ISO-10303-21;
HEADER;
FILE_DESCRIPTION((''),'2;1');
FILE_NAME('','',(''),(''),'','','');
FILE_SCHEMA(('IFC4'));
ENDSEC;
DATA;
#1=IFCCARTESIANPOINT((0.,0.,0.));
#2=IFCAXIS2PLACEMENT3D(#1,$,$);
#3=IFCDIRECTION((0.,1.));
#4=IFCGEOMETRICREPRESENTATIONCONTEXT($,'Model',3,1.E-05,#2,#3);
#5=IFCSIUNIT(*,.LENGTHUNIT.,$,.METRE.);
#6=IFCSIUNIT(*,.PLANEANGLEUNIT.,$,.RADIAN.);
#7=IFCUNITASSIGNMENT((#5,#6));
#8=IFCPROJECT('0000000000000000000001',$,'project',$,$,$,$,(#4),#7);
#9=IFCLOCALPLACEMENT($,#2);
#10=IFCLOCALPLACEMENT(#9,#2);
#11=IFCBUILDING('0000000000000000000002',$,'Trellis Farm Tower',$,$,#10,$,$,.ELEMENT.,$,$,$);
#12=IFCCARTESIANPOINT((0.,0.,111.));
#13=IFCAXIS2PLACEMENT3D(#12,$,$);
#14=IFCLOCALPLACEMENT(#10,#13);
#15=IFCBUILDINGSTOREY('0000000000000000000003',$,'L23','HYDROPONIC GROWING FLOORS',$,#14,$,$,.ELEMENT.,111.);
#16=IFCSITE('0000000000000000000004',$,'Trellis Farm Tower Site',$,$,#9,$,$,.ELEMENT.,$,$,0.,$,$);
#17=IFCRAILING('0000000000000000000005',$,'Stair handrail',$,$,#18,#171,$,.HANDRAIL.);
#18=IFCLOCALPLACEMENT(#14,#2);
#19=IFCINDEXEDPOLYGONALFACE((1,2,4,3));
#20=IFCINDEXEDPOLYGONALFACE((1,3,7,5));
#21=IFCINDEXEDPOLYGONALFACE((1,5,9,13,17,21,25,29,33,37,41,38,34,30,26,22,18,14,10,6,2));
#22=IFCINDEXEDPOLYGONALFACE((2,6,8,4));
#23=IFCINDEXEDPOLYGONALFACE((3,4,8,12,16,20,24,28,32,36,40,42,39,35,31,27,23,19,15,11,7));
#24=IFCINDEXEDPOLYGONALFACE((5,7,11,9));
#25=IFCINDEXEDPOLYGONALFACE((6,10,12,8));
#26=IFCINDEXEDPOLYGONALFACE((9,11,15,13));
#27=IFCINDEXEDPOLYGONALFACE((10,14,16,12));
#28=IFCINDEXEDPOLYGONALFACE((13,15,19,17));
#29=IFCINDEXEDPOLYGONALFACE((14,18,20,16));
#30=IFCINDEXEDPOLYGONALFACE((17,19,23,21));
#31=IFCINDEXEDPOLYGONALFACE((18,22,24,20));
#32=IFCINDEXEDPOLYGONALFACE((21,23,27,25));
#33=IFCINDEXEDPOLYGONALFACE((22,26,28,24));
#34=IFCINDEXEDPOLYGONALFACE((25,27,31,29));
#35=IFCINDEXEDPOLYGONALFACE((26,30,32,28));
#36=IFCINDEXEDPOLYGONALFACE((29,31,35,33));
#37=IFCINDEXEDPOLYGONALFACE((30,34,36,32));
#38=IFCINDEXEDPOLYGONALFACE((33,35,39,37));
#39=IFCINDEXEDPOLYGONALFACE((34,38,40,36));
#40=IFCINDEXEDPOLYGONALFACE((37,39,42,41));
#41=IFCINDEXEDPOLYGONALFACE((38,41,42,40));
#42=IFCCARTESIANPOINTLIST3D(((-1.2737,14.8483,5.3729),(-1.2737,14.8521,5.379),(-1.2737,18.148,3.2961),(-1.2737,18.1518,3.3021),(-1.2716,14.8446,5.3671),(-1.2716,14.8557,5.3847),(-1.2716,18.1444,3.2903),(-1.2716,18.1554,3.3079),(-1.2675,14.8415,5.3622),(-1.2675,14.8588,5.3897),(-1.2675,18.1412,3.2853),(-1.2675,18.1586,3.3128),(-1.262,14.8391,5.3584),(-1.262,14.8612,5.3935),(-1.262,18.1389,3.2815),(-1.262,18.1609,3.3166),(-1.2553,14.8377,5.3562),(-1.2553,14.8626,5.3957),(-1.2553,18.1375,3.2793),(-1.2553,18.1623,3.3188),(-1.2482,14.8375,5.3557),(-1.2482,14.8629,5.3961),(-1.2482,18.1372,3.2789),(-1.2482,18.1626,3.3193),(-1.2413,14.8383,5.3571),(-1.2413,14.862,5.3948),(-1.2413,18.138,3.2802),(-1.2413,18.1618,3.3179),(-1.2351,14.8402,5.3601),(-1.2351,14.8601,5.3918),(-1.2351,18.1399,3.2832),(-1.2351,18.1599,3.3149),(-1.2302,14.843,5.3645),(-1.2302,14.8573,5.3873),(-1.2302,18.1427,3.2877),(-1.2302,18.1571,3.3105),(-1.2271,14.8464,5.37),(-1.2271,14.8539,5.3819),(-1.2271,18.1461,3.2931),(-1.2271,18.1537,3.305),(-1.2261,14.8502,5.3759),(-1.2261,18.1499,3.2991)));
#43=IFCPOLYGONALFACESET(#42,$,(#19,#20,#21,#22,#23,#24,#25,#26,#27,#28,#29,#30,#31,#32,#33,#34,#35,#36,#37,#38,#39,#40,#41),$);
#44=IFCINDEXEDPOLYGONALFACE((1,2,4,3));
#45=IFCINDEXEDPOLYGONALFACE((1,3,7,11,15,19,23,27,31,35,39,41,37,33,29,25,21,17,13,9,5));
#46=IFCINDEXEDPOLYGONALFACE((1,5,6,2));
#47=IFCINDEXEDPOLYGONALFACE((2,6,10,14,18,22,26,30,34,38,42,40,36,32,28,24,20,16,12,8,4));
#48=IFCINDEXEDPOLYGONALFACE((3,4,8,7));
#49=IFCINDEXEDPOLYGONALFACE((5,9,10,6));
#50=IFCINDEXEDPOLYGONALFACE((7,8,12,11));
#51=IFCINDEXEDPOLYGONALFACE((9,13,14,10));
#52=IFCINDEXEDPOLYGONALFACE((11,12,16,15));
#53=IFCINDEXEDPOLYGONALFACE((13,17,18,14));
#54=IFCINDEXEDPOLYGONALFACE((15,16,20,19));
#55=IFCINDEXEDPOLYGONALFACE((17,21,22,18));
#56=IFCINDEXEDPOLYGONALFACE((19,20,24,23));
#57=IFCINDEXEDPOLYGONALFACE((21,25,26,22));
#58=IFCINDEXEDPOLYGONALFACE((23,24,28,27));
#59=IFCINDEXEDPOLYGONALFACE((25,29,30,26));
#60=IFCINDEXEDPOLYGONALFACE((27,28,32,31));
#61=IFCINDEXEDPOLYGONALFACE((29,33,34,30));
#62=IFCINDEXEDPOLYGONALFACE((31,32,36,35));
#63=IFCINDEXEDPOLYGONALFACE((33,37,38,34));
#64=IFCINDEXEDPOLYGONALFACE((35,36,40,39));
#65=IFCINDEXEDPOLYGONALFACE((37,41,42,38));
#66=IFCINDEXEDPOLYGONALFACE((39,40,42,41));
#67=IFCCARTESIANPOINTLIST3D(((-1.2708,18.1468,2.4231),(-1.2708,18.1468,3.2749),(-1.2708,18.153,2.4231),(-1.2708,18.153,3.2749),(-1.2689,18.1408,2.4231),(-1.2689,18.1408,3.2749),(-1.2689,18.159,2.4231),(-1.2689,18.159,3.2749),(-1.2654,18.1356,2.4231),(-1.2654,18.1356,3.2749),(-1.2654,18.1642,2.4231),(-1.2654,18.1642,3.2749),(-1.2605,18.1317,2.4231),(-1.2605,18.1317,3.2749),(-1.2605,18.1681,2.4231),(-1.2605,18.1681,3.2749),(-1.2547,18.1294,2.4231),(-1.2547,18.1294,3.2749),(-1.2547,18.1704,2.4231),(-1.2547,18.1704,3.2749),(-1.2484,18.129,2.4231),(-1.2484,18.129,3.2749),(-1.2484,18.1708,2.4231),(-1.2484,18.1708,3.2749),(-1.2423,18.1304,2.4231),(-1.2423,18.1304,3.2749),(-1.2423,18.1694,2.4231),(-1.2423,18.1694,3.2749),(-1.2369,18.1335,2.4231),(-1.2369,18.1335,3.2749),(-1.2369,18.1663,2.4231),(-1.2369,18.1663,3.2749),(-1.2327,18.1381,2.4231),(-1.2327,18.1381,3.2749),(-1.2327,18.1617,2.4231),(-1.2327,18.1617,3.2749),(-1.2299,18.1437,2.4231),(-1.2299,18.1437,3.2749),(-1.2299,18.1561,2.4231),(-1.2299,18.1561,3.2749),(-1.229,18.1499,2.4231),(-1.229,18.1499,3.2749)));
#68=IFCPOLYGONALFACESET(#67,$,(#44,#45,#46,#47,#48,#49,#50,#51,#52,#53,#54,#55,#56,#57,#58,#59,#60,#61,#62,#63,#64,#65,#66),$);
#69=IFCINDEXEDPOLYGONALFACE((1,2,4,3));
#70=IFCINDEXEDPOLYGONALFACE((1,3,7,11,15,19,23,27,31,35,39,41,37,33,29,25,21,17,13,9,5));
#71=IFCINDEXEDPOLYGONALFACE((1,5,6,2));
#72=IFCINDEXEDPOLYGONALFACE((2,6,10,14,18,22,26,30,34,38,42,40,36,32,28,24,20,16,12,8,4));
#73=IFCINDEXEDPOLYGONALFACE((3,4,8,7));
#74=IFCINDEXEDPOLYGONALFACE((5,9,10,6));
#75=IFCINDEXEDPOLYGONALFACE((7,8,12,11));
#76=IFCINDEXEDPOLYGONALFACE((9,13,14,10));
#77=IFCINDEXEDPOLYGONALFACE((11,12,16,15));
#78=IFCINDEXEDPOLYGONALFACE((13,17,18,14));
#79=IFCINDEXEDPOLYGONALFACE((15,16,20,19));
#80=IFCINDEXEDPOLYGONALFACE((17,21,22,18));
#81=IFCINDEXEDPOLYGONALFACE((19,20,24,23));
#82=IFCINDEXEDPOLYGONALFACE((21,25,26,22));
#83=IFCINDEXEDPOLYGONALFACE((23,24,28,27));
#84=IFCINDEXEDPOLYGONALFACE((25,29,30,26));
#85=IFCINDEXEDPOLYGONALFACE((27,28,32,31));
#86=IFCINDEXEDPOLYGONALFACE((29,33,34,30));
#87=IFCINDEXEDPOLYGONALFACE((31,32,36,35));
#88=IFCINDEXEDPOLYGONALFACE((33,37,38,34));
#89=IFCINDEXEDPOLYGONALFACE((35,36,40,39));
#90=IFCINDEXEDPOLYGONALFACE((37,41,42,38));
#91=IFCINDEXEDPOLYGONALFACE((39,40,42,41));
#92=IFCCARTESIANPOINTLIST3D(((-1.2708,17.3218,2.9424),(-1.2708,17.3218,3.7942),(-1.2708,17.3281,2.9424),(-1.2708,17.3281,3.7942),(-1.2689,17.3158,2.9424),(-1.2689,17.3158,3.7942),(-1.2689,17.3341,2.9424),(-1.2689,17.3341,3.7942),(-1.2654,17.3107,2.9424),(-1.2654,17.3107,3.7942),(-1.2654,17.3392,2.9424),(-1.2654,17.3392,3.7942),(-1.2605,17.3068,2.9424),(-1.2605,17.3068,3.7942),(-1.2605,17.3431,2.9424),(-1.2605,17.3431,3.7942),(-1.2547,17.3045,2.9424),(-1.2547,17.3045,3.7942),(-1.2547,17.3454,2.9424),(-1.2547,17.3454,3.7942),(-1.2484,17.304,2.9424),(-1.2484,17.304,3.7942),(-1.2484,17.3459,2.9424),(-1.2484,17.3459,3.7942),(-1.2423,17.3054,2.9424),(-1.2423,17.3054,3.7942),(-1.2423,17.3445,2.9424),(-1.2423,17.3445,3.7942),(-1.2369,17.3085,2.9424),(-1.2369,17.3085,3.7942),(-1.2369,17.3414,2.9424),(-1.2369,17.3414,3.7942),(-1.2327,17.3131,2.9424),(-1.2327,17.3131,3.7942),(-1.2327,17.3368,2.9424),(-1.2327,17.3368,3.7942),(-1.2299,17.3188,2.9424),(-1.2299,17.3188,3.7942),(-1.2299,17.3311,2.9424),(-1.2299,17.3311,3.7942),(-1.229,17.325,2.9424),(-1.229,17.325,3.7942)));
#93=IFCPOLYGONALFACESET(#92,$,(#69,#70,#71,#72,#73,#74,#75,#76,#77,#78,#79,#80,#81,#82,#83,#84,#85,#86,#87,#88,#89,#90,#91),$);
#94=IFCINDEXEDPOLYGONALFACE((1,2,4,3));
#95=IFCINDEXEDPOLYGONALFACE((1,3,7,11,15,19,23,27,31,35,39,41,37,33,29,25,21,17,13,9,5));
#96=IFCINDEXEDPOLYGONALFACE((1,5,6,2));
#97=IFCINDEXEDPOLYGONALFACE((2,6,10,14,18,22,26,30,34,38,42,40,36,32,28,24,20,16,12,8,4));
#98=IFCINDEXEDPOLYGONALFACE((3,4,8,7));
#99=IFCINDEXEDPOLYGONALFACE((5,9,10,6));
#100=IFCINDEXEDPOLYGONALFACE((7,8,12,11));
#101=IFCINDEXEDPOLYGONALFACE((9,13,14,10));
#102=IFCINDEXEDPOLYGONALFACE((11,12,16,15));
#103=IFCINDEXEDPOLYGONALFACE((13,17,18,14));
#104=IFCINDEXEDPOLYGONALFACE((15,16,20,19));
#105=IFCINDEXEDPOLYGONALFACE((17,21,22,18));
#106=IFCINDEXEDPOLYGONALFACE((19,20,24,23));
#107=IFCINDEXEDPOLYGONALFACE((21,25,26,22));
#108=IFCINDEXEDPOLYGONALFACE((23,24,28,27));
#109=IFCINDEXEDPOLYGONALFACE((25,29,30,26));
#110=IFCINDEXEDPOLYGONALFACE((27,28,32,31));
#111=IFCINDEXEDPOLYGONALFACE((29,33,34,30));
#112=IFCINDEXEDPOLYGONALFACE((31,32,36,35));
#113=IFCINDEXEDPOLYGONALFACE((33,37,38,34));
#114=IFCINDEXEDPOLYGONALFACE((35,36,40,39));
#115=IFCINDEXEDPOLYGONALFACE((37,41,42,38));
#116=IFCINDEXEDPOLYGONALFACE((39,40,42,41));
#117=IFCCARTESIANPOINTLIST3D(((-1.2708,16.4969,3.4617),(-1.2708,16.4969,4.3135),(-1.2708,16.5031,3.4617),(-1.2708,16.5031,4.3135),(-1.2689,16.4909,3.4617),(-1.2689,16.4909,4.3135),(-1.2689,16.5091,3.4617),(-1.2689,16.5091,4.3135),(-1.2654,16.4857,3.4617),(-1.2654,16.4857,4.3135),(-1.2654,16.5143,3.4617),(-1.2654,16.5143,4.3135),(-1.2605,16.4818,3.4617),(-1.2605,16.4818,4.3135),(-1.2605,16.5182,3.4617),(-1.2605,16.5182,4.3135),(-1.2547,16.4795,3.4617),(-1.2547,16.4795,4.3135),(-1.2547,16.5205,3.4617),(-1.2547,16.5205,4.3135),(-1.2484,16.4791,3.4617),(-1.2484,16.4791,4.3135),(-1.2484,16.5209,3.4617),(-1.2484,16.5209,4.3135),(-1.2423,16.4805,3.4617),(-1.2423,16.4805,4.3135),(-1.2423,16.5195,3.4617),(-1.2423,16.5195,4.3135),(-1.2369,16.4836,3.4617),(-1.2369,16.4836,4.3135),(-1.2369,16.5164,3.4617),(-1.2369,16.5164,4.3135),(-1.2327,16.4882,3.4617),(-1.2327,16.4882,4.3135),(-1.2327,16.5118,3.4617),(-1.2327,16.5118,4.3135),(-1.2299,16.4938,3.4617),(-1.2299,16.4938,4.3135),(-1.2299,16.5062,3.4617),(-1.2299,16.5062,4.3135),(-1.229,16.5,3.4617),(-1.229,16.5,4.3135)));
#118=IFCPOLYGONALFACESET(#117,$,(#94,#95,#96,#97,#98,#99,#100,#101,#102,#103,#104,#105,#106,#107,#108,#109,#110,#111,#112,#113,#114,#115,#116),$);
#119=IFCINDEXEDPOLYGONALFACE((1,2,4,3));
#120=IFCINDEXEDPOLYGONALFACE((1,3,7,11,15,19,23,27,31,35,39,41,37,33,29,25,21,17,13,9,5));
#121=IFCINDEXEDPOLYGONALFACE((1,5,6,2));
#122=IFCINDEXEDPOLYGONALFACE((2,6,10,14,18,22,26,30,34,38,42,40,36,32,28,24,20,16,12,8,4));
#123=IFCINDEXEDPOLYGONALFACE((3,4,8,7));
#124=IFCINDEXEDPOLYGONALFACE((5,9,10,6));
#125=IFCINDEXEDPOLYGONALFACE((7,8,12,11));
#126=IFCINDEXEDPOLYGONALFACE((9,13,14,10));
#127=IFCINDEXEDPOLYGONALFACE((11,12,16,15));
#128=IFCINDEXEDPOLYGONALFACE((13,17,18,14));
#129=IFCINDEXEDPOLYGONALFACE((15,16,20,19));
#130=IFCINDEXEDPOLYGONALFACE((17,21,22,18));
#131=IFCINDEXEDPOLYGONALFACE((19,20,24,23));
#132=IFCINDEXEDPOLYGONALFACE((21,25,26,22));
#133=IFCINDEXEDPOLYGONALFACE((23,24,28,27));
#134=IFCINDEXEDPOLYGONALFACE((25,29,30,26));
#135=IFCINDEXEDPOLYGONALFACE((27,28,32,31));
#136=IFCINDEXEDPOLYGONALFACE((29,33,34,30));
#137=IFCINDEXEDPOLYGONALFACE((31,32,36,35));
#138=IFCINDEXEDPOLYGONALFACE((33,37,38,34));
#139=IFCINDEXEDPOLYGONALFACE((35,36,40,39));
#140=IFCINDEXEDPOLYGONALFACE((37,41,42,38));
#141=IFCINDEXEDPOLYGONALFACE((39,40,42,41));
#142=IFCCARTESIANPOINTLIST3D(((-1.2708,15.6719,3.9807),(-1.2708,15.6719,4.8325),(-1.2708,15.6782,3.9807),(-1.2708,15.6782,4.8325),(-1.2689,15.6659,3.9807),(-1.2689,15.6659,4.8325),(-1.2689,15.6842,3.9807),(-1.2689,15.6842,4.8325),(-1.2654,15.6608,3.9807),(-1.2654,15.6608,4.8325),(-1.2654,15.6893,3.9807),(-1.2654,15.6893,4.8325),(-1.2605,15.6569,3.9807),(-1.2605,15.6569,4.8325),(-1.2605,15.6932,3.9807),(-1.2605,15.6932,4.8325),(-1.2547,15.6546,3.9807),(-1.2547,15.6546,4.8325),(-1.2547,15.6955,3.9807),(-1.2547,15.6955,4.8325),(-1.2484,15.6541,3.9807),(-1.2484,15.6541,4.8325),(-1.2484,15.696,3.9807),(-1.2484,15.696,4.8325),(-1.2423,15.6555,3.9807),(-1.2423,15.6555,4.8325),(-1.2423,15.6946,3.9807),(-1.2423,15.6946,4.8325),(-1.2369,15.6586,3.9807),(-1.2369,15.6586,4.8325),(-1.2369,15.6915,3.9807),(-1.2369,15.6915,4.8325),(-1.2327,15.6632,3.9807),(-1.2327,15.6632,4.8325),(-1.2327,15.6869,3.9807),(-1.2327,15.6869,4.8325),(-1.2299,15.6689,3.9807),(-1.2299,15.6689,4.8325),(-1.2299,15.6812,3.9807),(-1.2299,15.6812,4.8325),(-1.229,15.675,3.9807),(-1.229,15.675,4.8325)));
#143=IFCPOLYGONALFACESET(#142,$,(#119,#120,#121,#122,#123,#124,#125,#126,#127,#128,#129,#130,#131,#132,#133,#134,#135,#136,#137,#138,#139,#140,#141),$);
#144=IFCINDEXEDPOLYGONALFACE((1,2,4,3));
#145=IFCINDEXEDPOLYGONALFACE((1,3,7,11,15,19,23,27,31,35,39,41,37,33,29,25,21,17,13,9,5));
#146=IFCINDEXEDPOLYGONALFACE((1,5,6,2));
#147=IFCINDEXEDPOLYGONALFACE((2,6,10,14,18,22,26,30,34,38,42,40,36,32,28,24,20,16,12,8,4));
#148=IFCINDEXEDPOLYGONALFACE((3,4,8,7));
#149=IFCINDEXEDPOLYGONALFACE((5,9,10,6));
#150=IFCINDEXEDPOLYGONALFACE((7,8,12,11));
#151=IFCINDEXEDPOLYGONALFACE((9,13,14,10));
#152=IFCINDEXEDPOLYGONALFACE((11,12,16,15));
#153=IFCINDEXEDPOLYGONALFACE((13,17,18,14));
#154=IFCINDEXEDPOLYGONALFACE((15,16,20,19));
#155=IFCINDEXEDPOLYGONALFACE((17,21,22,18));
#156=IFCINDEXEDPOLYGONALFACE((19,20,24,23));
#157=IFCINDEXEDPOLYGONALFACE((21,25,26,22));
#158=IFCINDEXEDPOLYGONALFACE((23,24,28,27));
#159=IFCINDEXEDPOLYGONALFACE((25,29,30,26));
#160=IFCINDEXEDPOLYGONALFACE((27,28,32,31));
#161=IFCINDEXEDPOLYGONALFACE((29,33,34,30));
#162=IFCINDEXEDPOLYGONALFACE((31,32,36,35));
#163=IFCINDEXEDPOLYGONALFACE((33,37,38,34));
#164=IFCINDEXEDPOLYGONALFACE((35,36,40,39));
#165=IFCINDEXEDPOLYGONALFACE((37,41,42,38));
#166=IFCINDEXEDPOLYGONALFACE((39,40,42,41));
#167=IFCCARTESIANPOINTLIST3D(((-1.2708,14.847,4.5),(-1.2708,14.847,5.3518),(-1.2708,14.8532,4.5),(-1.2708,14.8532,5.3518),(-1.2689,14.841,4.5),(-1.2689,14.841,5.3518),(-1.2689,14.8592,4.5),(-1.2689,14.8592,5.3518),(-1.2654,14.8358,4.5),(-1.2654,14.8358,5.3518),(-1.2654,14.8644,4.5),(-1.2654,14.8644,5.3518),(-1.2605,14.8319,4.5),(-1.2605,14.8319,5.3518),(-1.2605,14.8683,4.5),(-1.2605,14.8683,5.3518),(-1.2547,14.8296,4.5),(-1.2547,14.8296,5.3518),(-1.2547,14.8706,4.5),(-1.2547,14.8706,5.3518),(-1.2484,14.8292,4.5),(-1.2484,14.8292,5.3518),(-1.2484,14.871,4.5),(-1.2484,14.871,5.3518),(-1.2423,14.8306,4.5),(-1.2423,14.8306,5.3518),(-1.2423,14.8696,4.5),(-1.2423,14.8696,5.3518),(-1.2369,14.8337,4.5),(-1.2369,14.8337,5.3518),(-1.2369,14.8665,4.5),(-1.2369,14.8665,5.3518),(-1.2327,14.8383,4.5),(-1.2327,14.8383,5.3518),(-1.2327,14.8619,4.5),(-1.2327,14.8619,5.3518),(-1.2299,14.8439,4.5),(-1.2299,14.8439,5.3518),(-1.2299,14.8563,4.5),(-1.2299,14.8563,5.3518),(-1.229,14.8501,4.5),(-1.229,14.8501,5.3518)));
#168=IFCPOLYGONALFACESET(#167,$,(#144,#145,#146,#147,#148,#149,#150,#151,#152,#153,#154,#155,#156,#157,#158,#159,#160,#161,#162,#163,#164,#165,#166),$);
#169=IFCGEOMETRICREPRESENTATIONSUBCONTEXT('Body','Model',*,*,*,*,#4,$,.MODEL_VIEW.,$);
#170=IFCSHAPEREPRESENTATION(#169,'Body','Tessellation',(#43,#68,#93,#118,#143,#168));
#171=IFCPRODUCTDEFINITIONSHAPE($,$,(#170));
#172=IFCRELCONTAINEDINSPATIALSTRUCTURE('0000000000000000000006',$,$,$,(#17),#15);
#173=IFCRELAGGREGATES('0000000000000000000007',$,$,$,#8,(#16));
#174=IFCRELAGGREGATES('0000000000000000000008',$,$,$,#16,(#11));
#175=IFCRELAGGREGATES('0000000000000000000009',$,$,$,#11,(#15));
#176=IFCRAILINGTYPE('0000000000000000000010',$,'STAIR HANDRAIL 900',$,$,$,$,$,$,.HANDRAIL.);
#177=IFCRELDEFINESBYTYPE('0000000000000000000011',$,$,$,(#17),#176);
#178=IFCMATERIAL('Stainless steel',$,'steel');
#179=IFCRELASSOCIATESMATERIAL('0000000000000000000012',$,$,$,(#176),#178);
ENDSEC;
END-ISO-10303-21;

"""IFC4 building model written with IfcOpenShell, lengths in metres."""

from ifc_helpers import new_model, si_unit, direction, frame, origin, origin_2d, place, context, subcontext, project, spatial, circle, extrude, source, transform, mapped, material, type_object, element, save


model = new_model("IFC4")

# Units and contexts
model_context = context("Model", 3, precision=1e-05, world=origin(), true_north=direction((0.0, 1.0)))
body_context = subcontext(model_context, "Body", "Model", "MODEL_VIEW")
ifc_project = project(units=[si_unit("LENGTHUNIT", "METRE"), si_unit("PLANEANGLEUNIT", "RADIAN")], contexts=[model_context])

# Site, building, storey
site_placement = place(None, origin())
site = spatial("IfcSite", under=ifc_project, at=site_placement, Name="Trellis Farm Tower Site", CompositionType="ELEMENT", RefElevation=0.0)
building_placement = place(site_placement, origin())
building = spatial("IfcBuilding", under=site, at=building_placement, Name="Trellis Farm Tower", CompositionType="ELEMENT")
storey_placement = place(building_placement, frame((0.0, 0.0, 111.0)))
storey = spatial("IfcBuildingStorey", under=building, at=storey_placement, Name="L23", Description="HYDROPONIC GROWING FLOORS", CompositionType="ELEMENT", Elevation=111.0)

# Railing
ifc_material_1 = material(Name="Stainless steel", Category="steel")
railing_type = type_object("IfcRailingType", Name="STAIR HANDRAIL 900", PredefinedType="HANDRAIL", material=ifc_material_1)
shared_shape_1 = source(origin(), body_context, "Body", "SweptSolid", [
    extrude(circle(Radius=0.0239, at=origin_2d()), frame((0.0, 0.0, 0.876), z_axis=(0.0, -0.84632, 0.532675), x_axis=(1.0, 0.0, 0.0)), (0.0, 0.0, 1.0), 3.8989),
    extrude(circle(Radius=0.021, at=origin_2d()), origin(), (0.0, 0.0, 1.0), 0.8518),
    extrude(circle(Radius=0.021, at=origin_2d()), frame((0.0, -0.825, 0.5193)), (0.0, 0.0, 1.0), 0.8518),
    extrude(circle(Radius=0.021, at=origin_2d()), frame((0.0, -1.6499, 1.0386)), (0.0, 0.0, 1.0), 0.8518),
    extrude(circle(Radius=0.021, at=origin_2d()), frame((0.0, -2.4749, 1.5576)), (0.0, 0.0, 1.0), 0.8518),
    extrude(circle(Radius=0.021, at=origin_2d()), frame((0.0, -3.2998, 2.0769)), (0.0, 0.0, 1.0), 0.8518),
])
railing_placement = place(storey_placement, frame((-1.25, 18.1499, 2.4231)))
element("IfcRailing", 1, at=railing_placement, inside=storey, type_object=railing_type, Name="Stair handrail", PredefinedType="HANDRAIL", context=body_context, shape_type="MappedRepresentation", body=[
    mapped(shared_shape_1, transform((0.0, 0.0, 0.0))),
])

save(model, "model.ifc")
